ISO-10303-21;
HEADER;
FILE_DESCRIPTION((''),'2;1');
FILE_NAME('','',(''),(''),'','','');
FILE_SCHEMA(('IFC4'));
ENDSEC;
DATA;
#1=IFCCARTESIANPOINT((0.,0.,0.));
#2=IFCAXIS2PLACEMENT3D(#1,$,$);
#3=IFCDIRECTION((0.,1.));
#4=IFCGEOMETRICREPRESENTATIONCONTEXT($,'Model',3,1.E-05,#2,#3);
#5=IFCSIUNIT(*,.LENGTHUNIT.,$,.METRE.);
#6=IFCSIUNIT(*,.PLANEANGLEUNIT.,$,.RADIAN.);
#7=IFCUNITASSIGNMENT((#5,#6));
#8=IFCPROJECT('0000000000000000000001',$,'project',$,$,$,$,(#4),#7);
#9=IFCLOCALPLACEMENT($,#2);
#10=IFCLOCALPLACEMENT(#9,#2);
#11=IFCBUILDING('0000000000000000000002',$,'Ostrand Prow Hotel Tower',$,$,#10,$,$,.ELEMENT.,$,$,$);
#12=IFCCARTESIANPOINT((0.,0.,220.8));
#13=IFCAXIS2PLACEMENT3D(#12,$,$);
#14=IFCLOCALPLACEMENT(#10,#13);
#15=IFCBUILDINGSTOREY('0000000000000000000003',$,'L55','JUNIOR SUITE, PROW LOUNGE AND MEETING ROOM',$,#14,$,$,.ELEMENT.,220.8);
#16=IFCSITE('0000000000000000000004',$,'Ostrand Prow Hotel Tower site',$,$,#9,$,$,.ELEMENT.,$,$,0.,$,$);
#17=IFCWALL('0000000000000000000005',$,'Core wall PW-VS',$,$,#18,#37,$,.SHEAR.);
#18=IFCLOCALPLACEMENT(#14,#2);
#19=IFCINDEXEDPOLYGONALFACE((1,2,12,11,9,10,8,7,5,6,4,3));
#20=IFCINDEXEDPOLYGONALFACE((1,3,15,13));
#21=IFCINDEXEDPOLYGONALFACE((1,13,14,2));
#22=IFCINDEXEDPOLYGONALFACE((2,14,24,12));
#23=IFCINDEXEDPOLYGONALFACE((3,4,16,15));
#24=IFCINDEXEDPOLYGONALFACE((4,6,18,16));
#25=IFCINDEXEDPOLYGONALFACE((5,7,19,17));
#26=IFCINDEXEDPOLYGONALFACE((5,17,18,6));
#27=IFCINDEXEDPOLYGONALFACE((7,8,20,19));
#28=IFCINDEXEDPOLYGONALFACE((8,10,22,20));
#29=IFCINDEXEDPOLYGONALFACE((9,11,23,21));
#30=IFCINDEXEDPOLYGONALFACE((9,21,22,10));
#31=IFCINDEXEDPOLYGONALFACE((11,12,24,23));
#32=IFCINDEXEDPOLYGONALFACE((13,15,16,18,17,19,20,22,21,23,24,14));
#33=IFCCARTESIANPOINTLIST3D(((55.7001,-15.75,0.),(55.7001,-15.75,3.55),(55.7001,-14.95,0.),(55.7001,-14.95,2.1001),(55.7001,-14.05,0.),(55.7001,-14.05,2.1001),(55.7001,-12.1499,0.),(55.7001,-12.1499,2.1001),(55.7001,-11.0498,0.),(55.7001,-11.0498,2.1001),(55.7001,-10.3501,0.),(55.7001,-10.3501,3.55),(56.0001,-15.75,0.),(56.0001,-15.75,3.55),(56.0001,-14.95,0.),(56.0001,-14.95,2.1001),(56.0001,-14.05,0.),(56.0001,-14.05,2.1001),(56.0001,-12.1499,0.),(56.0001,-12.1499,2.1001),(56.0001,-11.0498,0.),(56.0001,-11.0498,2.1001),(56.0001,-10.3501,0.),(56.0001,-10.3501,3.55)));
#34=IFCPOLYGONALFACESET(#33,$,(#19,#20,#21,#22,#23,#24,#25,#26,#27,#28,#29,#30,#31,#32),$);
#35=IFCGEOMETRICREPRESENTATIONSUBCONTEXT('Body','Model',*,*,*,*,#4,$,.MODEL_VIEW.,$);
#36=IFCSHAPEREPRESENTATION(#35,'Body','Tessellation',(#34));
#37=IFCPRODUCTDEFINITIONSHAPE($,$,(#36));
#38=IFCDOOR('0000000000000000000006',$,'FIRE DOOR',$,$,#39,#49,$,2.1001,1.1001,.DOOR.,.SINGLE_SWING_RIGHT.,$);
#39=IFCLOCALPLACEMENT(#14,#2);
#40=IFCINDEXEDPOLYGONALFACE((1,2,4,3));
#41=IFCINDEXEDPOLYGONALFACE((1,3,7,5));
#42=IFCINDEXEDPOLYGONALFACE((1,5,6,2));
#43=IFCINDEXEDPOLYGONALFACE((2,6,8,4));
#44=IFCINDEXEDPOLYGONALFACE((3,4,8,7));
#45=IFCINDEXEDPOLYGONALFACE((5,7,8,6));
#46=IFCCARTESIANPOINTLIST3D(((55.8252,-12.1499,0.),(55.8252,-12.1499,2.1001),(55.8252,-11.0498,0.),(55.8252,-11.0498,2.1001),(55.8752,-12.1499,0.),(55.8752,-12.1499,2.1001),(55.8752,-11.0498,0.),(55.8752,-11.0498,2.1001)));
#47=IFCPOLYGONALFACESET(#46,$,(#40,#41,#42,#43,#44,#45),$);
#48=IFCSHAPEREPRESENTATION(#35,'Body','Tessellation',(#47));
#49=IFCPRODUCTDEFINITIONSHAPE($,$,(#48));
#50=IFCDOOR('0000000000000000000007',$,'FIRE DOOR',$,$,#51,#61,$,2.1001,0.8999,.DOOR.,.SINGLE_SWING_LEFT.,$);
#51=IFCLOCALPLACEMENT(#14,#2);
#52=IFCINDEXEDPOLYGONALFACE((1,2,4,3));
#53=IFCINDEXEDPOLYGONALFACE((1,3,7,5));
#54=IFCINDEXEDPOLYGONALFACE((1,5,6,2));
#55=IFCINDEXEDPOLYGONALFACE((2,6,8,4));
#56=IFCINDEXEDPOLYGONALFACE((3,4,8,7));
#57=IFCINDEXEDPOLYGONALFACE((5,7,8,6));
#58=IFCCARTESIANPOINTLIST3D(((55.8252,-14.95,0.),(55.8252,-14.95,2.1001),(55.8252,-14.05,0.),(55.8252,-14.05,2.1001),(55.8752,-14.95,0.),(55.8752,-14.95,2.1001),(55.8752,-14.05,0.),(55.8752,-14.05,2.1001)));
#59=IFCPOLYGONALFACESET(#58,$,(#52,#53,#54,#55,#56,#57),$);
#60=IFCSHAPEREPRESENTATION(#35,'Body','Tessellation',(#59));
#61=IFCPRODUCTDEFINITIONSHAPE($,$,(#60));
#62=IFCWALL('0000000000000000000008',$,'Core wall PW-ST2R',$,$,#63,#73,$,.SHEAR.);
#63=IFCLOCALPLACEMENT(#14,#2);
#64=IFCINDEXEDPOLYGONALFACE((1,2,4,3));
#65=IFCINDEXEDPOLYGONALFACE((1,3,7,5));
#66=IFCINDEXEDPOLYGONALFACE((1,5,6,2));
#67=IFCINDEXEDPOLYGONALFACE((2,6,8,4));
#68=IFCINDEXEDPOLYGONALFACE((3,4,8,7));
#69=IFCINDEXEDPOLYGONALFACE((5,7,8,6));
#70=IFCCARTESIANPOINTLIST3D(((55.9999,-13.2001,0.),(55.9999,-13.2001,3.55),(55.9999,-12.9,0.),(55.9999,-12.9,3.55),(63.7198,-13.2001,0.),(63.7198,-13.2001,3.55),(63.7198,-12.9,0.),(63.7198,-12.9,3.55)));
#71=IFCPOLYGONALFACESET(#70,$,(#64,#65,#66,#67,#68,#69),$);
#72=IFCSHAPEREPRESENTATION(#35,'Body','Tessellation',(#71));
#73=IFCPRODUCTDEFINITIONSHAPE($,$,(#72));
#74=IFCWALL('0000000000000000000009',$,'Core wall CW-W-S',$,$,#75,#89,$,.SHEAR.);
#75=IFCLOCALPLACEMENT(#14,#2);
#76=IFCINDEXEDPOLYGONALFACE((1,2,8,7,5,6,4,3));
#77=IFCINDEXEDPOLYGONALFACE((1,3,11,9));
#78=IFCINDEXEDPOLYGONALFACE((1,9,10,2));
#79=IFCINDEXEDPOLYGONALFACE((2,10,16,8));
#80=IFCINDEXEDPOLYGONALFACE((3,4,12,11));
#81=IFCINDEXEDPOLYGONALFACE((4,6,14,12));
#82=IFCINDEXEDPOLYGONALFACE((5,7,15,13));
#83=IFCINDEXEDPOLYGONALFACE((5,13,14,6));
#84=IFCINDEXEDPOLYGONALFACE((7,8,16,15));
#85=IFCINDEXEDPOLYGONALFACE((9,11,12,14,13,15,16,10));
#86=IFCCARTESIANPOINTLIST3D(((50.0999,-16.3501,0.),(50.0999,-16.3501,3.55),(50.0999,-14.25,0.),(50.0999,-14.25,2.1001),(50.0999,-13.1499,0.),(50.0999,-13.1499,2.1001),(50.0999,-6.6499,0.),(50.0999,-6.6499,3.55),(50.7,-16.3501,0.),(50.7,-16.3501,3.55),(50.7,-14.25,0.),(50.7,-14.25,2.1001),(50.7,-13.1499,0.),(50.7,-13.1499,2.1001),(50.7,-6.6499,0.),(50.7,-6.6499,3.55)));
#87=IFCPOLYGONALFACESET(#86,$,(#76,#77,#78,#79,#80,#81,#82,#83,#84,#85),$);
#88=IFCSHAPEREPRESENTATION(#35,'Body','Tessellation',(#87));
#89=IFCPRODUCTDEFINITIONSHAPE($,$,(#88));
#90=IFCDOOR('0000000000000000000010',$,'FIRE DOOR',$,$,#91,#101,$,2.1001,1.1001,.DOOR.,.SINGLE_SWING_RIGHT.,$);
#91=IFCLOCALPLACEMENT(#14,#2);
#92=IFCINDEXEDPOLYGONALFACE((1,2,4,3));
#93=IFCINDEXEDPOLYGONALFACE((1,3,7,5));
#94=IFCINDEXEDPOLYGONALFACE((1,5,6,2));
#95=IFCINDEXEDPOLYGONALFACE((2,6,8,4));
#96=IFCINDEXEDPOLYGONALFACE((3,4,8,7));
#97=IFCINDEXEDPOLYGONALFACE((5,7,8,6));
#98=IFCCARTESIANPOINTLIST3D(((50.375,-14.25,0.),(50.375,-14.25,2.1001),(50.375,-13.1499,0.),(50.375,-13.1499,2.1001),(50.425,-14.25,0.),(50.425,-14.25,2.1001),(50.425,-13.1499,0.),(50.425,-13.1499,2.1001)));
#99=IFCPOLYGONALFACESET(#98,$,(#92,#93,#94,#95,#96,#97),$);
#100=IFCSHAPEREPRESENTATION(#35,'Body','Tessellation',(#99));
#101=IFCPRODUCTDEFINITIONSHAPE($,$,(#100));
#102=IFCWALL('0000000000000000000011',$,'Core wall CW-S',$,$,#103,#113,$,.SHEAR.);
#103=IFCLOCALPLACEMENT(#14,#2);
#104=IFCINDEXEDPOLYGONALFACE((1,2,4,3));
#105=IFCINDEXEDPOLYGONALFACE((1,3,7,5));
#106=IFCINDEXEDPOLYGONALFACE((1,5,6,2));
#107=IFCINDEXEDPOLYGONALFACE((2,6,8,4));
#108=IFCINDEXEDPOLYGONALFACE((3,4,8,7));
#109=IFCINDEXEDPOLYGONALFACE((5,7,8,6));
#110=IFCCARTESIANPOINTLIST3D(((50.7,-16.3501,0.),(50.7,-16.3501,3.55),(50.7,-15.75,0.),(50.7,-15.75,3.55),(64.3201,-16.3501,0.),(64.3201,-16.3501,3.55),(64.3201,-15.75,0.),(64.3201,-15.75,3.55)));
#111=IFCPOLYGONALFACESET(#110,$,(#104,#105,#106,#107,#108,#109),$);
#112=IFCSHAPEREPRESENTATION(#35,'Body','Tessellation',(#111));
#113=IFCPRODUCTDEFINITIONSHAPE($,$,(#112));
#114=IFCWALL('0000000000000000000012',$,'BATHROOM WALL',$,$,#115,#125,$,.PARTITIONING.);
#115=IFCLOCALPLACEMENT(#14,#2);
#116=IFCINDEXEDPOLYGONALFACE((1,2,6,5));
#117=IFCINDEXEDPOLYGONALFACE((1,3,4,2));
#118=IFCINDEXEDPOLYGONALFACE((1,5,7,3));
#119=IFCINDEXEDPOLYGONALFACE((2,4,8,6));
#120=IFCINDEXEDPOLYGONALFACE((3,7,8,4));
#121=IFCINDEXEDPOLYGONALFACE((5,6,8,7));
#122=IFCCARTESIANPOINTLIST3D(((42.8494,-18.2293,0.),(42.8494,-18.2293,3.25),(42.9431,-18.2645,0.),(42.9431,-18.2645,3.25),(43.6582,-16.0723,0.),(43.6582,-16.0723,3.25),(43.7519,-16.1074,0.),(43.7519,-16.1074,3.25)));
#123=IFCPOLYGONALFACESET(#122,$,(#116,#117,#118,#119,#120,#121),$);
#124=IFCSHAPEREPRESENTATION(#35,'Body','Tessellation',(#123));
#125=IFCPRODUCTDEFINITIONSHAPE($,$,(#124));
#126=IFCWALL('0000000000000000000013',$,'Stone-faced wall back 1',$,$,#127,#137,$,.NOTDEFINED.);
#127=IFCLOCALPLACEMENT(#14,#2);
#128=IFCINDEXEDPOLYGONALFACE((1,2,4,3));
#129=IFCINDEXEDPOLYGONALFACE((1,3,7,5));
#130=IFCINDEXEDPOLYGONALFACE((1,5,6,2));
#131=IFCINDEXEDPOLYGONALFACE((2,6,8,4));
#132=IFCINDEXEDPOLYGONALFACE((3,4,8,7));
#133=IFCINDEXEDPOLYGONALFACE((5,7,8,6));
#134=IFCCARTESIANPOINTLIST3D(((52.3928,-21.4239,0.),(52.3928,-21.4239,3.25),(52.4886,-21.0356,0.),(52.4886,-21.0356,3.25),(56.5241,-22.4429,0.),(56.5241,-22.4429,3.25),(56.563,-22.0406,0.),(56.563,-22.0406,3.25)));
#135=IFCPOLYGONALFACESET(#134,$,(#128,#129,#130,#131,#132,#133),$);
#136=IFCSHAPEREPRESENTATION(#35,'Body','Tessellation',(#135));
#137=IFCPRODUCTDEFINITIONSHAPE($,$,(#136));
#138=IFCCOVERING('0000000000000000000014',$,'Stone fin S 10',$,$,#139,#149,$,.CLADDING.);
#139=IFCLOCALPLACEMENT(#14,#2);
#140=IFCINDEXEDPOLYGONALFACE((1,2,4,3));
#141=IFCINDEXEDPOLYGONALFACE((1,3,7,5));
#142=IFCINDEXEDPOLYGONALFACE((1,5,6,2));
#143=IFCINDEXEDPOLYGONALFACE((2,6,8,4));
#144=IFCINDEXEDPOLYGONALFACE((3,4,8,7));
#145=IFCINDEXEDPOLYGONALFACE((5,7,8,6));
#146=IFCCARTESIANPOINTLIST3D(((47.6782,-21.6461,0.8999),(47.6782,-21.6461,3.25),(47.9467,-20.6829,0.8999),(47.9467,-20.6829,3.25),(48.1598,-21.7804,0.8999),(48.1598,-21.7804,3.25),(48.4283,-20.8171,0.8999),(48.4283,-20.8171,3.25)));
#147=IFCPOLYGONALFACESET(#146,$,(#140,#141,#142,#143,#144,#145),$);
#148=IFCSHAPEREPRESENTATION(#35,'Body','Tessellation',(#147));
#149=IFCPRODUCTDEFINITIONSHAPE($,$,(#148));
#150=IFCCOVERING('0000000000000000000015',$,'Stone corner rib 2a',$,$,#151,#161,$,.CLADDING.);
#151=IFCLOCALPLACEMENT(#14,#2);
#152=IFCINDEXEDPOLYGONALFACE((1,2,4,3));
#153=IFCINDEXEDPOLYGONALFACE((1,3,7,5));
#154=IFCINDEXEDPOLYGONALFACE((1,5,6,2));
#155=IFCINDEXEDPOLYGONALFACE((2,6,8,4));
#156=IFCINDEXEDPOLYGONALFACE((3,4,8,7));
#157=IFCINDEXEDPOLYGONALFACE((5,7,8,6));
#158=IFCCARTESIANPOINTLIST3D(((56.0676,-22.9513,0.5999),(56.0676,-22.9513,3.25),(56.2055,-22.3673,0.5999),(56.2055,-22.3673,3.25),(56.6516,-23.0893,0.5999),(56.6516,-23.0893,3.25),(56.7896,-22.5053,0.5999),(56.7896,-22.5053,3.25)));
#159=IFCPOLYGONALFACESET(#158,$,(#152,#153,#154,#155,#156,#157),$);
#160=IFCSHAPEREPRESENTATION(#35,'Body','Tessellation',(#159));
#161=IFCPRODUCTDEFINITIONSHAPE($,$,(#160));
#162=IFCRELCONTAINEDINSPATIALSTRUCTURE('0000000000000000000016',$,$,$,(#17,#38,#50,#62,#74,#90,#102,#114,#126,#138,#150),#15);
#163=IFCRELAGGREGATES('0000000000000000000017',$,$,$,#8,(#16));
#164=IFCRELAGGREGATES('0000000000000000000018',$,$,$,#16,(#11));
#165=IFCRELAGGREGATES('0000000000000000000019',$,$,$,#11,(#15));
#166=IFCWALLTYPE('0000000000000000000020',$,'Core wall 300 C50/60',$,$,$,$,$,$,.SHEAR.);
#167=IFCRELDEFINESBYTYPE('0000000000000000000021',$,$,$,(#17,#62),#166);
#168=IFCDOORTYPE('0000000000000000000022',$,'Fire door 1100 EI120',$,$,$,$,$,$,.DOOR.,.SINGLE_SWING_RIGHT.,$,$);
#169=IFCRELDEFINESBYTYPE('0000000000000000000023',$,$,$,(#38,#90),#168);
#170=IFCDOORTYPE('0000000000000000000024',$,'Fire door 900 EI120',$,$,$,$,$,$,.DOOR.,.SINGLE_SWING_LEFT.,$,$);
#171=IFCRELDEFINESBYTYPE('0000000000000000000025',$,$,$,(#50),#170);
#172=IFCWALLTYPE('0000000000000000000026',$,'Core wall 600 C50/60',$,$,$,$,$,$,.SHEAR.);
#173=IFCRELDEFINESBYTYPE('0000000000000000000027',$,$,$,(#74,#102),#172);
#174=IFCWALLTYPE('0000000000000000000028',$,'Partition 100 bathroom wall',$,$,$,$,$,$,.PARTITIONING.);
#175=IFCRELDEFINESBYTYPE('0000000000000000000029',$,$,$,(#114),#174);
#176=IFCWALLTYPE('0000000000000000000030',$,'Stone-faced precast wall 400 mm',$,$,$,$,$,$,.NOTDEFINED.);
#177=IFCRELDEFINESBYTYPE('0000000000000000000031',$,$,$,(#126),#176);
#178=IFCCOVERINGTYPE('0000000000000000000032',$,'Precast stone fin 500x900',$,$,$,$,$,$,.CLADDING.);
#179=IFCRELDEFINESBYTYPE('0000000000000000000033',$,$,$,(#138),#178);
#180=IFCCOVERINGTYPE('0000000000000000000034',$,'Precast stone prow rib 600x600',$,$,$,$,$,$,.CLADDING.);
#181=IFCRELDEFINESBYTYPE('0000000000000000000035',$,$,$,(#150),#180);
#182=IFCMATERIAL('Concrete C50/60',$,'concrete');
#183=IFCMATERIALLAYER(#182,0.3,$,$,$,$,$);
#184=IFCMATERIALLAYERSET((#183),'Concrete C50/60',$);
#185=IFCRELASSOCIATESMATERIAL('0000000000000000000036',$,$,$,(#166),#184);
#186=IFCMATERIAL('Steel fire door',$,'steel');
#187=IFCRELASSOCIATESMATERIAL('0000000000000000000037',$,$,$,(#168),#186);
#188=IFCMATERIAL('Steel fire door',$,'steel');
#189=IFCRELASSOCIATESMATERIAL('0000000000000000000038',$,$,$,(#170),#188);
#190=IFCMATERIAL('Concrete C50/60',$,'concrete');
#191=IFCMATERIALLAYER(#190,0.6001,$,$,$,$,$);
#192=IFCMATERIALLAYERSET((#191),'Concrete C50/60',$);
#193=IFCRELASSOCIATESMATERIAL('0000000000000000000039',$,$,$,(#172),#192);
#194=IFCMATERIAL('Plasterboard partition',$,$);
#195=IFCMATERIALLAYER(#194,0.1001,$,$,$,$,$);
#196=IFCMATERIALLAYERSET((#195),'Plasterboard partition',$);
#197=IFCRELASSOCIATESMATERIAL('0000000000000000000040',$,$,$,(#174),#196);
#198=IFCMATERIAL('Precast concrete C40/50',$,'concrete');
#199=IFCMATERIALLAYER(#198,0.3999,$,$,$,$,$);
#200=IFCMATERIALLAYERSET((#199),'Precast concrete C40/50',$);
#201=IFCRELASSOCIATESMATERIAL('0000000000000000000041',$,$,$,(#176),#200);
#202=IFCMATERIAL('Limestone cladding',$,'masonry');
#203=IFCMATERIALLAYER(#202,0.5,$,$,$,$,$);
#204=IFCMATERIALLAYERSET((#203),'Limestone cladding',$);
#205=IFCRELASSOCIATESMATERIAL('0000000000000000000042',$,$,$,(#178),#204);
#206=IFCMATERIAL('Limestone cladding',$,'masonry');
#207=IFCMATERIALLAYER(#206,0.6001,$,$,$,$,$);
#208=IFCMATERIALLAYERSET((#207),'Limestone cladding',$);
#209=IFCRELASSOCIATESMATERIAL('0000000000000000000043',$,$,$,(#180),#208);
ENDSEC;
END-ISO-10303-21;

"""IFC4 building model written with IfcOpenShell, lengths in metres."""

from ifc_helpers import new_model, si_unit, direction, frame, frame_2d, origin, place, context, subcontext, project, spatial, polyline, rectangle, outline, extrude, material, layer, layer_set, type_object, element, fill, save


model = new_model("IFC4")

# Units and contexts
model_context = context("Model", 3, precision=1e-05, world=origin(), true_north=direction((0.0, 1.0)))
body_context = subcontext(model_context, "Body", "Model", "MODEL_VIEW")
ifc_project = project(units=[si_unit("LENGTHUNIT", "METRE"), si_unit("PLANEANGLEUNIT", "RADIAN")], contexts=[model_context])

# Site, building, storey
site_placement = place(None, origin())
site = spatial("IfcSite", under=ifc_project, at=site_placement, Name="Ostrand Prow Hotel Tower site", CompositionType="ELEMENT", RefElevation=0.0)
building_placement = place(site_placement, origin())
building = spatial("IfcBuilding", under=site, at=building_placement, Name="Ostrand Prow Hotel Tower", CompositionType="ELEMENT")
storey_placement = place(building_placement, frame((0.0, 0.0, 220.8)))
storey = spatial("IfcBuildingStorey", under=building, at=storey_placement, Name="L55", Description="JUNIOR SUITE, PROW LOUNGE AND MEETING ROOM", CompositionType="ELEMENT", Elevation=220.8)

# Wall, openings, doors
ifc_material_1 = material(Name="Concrete C50/60", Category="concrete")
ifc_layer_1 = layer(ifc_material_1, 0.3)
ifc_layer_set_1 = layer_set([ifc_layer_1], Name="Concrete C50/60")
wall_type_1 = type_object("IfcWallType", Name="Core wall 300 C50/60", PredefinedType="SHEAR", material=ifc_layer_set_1)
wall_1_placement = place(storey_placement, frame((55.8501, -15.75, 0.0), z_axis=(0.0, 0.0, 1.0), x_axis=(0.0, 1.0, 0.0)))
wall_1 = element("IfcWall", 1, at=wall_1_placement, inside=storey, type_object=wall_type_1, Name="Core wall PW-VS", PredefinedType="SHEAR", context=body_context, shape_type="SweptSolid", body=[
    extrude(rectangle(XDim=5.3999, YDim=0.3, at=frame_2d((2.7, 0.0))), origin(), (0.0, 0.0, 1.0), 3.55),
])
opening_1_placement = place(wall_1_placement, frame((3.6001, 0.0, 0.0)))
opening_1 = element("IfcOpeningElement", 2, at=opening_1_placement, cuts=wall_1, PredefinedType="OPENING", context=body_context, shape_type="SweptSolid", body=[
    extrude(rectangle(XDim=1.1001, YDim=2.1001, at=frame_2d((0.55, 1.05))), frame((0.0, 0.1599, 0.0), z_axis=(0.0, -1.0, 0.0), x_axis=(1.0, 0.0, 0.0)), (0.0, 0.0, 1.0), 0.3201),
])
opening_2_placement = place(wall_1_placement, frame((0.8, 0.0, 0.0)))
opening_2 = element("IfcOpeningElement", 3, at=opening_2_placement, cuts=wall_1, PredefinedType="OPENING", context=body_context, shape_type="SweptSolid", body=[
    extrude(rectangle(XDim=0.8999, YDim=2.1001, at=frame_2d((0.45, 1.05))), frame((0.0, 0.1599, 0.0), z_axis=(0.0, -1.0, 0.0), x_axis=(1.0, 0.0, 0.0)), (0.0, 0.0, 1.0), 0.3201),
])
ifc_material_2 = material(Name="Steel fire door", Category="steel")
door_type_1 = type_object("IfcDoorType", Name="Fire door 1100 EI120", OperationType="SINGLE_SWING_RIGHT", PredefinedType="DOOR", material=ifc_material_2)
door_1_placement = place(opening_1_placement, origin())
door_1 = element("IfcDoor", 4, at=door_1_placement, inside=storey, type_object=door_type_1, Name="FIRE DOOR", OperationType="SINGLE_SWING_RIGHT", OverallHeight=2.1001, OverallWidth=1.1001, PredefinedType="DOOR", context=body_context, shape_type="SweptSolid", body=[
    extrude(rectangle(XDim=1.1001, YDim=2.1001, at=frame_2d((0.55, 1.05))), frame((0.0, 0.0249, 0.0), z_axis=(0.0, -1.0, 0.0), x_axis=(1.0, 0.0, 0.0)), (0.0, 0.0, 1.0), 0.05),
])
fill(opening_1, door_1)
ifc_material_3 = material(Name="Steel fire door", Category="steel")
door_type_2 = type_object("IfcDoorType", Name="Fire door 900 EI120", OperationType="SINGLE_SWING_LEFT", PredefinedType="DOOR", material=ifc_material_3)
door_2_placement = place(opening_2_placement, origin())
door_2 = element("IfcDoor", 5, at=door_2_placement, inside=storey, type_object=door_type_2, Name="FIRE DOOR", OperationType="SINGLE_SWING_LEFT", OverallHeight=2.1001, OverallWidth=0.8999, PredefinedType="DOOR", context=body_context, shape_type="SweptSolid", body=[
    extrude(rectangle(XDim=0.8999, YDim=2.1001, at=frame_2d((0.45, 1.05))), frame((0.0, 0.0249, 0.0), z_axis=(0.0, -1.0, 0.0), x_axis=(1.0, 0.0, 0.0)), (0.0, 0.0, 1.0), 0.05),
])
fill(opening_2, door_2)

# Wall
wall_2_placement = place(storey_placement, frame((56.0, -13.05, 0.0), z_axis=(0.0, 0.0, 1.0), x_axis=(1.0, 0.0, 0.0)))
element("IfcWall", 6, at=wall_2_placement, inside=storey, type_object=wall_type_1, Name="Core wall PW-ST2R", PredefinedType="SHEAR", context=body_context, shape_type="SweptSolid", body=[
    extrude(rectangle(XDim=7.72, YDim=0.3, at=frame_2d((3.8599, 0.0))), origin(), (0.0, 0.0, 1.0), 3.55),
])

# Wall, opening, door
ifc_material_4 = material(Name="Concrete C50/60", Category="concrete")
ifc_layer_2 = layer(ifc_material_4, 0.6001)
ifc_layer_set_2 = layer_set([ifc_layer_2], Name="Concrete C50/60")
wall_type_2 = type_object("IfcWallType", Name="Core wall 600 C50/60", PredefinedType="SHEAR", material=ifc_layer_set_2)
wall_3_placement = place(storey_placement, frame((50.3999, -16.3501, 0.0), z_axis=(0.0, 0.0, 1.0), x_axis=(0.0, 1.0, 0.0)))
wall_3 = element("IfcWall", 7, at=wall_3_placement, inside=storey, type_object=wall_type_2, Name="Core wall CW-W-S", PredefinedType="SHEAR", context=body_context, shape_type="SweptSolid", body=[
    extrude(rectangle(XDim=9.7002, YDim=0.6001, at=frame_2d((4.8501, 0.0))), origin(), (0.0, 0.0, 1.0), 3.55),
])
opening_3_placement = place(wall_3_placement, frame((2.1001, 0.0, 0.0)))
opening_3 = element("IfcOpeningElement", 8, at=opening_3_placement, cuts=wall_3, PredefinedType="OPENING", context=body_context, shape_type="SweptSolid", body=[
    extrude(rectangle(XDim=1.1001, YDim=2.1001, at=frame_2d((0.55, 1.05))), frame((0.0, 0.3101, 0.0), z_axis=(0.0, -1.0, 0.0), x_axis=(1.0, 0.0, 0.0)), (0.0, 0.0, 1.0), 0.6201),
])
door_3_placement = place(opening_3_placement, origin())
door_3 = element("IfcDoor", 9, at=door_3_placement, inside=storey, type_object=door_type_1, Name="FIRE DOOR", OperationType="SINGLE_SWING_RIGHT", OverallHeight=2.1001, OverallWidth=1.1001, PredefinedType="DOOR", context=body_context, shape_type="SweptSolid", body=[
    extrude(rectangle(XDim=1.1001, YDim=2.1001, at=frame_2d((0.55, 1.05))), frame((0.0, 0.0249, 0.0), z_axis=(0.0, -1.0, 0.0), x_axis=(1.0, 0.0, 0.0)), (0.0, 0.0, 1.0), 0.05),
])
fill(opening_3, door_3)

# Walls
wall_4_placement = place(storey_placement, frame((50.7, -16.05, 0.0), z_axis=(0.0, 0.0, 1.0), x_axis=(1.0, 0.0, 0.0)))
element("IfcWall", 10, at=wall_4_placement, inside=storey, type_object=wall_type_2, Name="Core wall CW-S", PredefinedType="SHEAR", context=body_context, shape_type="SweptSolid", body=[
    extrude(rectangle(XDim=13.6201, YDim=0.6001, at=frame_2d((6.8101, 0.0))), origin(), (0.0, 0.0, 1.0), 3.55),
])
ifc_material_5 = material(Name="Plasterboard partition")
ifc_layer_3 = layer(ifc_material_5, 0.1001)
ifc_layer_set_3 = layer_set([ifc_layer_3], Name="Plasterboard partition")
wall_type_3 = type_object("IfcWallType", Name="Partition 100 bathroom wall", PredefinedType="PARTITIONING", material=ifc_layer_set_3)
wall_5_placement = place(storey_placement, frame((43.7051, -16.0898, 0.0), z_axis=(0.0, 0.0, 1.0), x_axis=(-0.351112, -0.936334, 0.0)))
element("IfcWall", 11, at=wall_5_placement, inside=storey, type_object=wall_type_3, Name="BATHROOM WALL", PredefinedType="PARTITIONING", context=body_context, shape_type="SweptSolid", body=[
    extrude(rectangle(XDim=2.3037, YDim=0.1001, at=frame_2d((1.1519, 0.0))), origin(), (0.0, 0.0, 1.0), 3.25),
])
ifc_material_6 = material(Name="Precast concrete C40/50", Category="concrete")
ifc_layer_4 = layer(ifc_material_6, 0.3999)
ifc_layer_set_4 = layer_set([ifc_layer_4], Name="Precast concrete C40/50")
wall_type_4 = type_object("IfcWallType", Name="Stone-faced precast wall 400 mm", PredefinedType="NOTDEFINED", material=ifc_layer_set_4)
wall_6_placement = place(storey_placement, frame((52.4407, -21.2297, 0.0), z_axis=(0.0, 0.0, 1.0), x_axis=(0.970902, -0.239476, 0.0)))
element("IfcWall", 12, at=wall_6_placement, inside=storey, type_object=wall_type_4, Name="Stone-faced wall back 1", PredefinedType="NOTDEFINED", context=body_context, shape_type="SweptSolid", body=[
    extrude(outline(polyline([(0.0, -0.2), (4.2551, -0.2), (4.1965, 0.2), (0.0, 0.2), (0.0, -0.2)])), origin(), (0.0, 0.0, 1.0), 3.25),
])

# Coverings
ifc_material_7 = material(Name="Limestone cladding", Category="masonry")
ifc_layer_5 = layer(ifc_material_7, 0.5)
ifc_layer_set_5 = layer_set([ifc_layer_5], Name="Limestone cladding")
covering_type_1 = type_object("IfcCoveringType", Name="Precast stone fin 500x900", PredefinedType="CLADDING", material=ifc_layer_set_5)
covering_1_placement = place(storey_placement, frame((48.1875, -20.75, 0.8999), z_axis=(0.0, 0.0, 1.0), x_axis=(-0.268525, -0.963273, 0.0)))
element("IfcCovering", 13, at=covering_1_placement, inside=storey, type_object=covering_type_1, Name="Stone fin S 10", PredefinedType="CLADDING", context=body_context, shape_type="SweptSolid", body=[
    extrude(rectangle(XDim=1.0, YDim=0.5, at=frame_2d((0.5, 0.0))), origin(), (0.0, 0.0, 1.0), 2.3501),
])
ifc_material_8 = material(Name="Limestone cladding", Category="masonry")
ifc_layer_6 = layer(ifc_material_8, 0.6001)
ifc_layer_set_6 = layer_set([ifc_layer_6], Name="Limestone cladding")
covering_type_2 = type_object("IfcCoveringType", Name="Precast stone prow rib 600x600", PredefinedType="CLADDING", material=ifc_layer_set_6)
covering_2_placement = place(storey_placement, frame((56.4976, -22.4363, 0.5999), z_axis=(0.0, 0.0, 1.0), x_axis=(-0.229878, -0.973219, 0.0)))
element("IfcCovering", 14, at=covering_2_placement, inside=storey, type_object=covering_type_2, Name="Stone corner rib 2a", PredefinedType="CLADDING", context=body_context, shape_type="SweptSolid", body=[
    extrude(rectangle(XDim=0.6001, YDim=0.6001, at=frame_2d((0.3, 0.0))), origin(), (0.0, 0.0, 1.0), 2.6501),
])

save(model, "model.ifc")
